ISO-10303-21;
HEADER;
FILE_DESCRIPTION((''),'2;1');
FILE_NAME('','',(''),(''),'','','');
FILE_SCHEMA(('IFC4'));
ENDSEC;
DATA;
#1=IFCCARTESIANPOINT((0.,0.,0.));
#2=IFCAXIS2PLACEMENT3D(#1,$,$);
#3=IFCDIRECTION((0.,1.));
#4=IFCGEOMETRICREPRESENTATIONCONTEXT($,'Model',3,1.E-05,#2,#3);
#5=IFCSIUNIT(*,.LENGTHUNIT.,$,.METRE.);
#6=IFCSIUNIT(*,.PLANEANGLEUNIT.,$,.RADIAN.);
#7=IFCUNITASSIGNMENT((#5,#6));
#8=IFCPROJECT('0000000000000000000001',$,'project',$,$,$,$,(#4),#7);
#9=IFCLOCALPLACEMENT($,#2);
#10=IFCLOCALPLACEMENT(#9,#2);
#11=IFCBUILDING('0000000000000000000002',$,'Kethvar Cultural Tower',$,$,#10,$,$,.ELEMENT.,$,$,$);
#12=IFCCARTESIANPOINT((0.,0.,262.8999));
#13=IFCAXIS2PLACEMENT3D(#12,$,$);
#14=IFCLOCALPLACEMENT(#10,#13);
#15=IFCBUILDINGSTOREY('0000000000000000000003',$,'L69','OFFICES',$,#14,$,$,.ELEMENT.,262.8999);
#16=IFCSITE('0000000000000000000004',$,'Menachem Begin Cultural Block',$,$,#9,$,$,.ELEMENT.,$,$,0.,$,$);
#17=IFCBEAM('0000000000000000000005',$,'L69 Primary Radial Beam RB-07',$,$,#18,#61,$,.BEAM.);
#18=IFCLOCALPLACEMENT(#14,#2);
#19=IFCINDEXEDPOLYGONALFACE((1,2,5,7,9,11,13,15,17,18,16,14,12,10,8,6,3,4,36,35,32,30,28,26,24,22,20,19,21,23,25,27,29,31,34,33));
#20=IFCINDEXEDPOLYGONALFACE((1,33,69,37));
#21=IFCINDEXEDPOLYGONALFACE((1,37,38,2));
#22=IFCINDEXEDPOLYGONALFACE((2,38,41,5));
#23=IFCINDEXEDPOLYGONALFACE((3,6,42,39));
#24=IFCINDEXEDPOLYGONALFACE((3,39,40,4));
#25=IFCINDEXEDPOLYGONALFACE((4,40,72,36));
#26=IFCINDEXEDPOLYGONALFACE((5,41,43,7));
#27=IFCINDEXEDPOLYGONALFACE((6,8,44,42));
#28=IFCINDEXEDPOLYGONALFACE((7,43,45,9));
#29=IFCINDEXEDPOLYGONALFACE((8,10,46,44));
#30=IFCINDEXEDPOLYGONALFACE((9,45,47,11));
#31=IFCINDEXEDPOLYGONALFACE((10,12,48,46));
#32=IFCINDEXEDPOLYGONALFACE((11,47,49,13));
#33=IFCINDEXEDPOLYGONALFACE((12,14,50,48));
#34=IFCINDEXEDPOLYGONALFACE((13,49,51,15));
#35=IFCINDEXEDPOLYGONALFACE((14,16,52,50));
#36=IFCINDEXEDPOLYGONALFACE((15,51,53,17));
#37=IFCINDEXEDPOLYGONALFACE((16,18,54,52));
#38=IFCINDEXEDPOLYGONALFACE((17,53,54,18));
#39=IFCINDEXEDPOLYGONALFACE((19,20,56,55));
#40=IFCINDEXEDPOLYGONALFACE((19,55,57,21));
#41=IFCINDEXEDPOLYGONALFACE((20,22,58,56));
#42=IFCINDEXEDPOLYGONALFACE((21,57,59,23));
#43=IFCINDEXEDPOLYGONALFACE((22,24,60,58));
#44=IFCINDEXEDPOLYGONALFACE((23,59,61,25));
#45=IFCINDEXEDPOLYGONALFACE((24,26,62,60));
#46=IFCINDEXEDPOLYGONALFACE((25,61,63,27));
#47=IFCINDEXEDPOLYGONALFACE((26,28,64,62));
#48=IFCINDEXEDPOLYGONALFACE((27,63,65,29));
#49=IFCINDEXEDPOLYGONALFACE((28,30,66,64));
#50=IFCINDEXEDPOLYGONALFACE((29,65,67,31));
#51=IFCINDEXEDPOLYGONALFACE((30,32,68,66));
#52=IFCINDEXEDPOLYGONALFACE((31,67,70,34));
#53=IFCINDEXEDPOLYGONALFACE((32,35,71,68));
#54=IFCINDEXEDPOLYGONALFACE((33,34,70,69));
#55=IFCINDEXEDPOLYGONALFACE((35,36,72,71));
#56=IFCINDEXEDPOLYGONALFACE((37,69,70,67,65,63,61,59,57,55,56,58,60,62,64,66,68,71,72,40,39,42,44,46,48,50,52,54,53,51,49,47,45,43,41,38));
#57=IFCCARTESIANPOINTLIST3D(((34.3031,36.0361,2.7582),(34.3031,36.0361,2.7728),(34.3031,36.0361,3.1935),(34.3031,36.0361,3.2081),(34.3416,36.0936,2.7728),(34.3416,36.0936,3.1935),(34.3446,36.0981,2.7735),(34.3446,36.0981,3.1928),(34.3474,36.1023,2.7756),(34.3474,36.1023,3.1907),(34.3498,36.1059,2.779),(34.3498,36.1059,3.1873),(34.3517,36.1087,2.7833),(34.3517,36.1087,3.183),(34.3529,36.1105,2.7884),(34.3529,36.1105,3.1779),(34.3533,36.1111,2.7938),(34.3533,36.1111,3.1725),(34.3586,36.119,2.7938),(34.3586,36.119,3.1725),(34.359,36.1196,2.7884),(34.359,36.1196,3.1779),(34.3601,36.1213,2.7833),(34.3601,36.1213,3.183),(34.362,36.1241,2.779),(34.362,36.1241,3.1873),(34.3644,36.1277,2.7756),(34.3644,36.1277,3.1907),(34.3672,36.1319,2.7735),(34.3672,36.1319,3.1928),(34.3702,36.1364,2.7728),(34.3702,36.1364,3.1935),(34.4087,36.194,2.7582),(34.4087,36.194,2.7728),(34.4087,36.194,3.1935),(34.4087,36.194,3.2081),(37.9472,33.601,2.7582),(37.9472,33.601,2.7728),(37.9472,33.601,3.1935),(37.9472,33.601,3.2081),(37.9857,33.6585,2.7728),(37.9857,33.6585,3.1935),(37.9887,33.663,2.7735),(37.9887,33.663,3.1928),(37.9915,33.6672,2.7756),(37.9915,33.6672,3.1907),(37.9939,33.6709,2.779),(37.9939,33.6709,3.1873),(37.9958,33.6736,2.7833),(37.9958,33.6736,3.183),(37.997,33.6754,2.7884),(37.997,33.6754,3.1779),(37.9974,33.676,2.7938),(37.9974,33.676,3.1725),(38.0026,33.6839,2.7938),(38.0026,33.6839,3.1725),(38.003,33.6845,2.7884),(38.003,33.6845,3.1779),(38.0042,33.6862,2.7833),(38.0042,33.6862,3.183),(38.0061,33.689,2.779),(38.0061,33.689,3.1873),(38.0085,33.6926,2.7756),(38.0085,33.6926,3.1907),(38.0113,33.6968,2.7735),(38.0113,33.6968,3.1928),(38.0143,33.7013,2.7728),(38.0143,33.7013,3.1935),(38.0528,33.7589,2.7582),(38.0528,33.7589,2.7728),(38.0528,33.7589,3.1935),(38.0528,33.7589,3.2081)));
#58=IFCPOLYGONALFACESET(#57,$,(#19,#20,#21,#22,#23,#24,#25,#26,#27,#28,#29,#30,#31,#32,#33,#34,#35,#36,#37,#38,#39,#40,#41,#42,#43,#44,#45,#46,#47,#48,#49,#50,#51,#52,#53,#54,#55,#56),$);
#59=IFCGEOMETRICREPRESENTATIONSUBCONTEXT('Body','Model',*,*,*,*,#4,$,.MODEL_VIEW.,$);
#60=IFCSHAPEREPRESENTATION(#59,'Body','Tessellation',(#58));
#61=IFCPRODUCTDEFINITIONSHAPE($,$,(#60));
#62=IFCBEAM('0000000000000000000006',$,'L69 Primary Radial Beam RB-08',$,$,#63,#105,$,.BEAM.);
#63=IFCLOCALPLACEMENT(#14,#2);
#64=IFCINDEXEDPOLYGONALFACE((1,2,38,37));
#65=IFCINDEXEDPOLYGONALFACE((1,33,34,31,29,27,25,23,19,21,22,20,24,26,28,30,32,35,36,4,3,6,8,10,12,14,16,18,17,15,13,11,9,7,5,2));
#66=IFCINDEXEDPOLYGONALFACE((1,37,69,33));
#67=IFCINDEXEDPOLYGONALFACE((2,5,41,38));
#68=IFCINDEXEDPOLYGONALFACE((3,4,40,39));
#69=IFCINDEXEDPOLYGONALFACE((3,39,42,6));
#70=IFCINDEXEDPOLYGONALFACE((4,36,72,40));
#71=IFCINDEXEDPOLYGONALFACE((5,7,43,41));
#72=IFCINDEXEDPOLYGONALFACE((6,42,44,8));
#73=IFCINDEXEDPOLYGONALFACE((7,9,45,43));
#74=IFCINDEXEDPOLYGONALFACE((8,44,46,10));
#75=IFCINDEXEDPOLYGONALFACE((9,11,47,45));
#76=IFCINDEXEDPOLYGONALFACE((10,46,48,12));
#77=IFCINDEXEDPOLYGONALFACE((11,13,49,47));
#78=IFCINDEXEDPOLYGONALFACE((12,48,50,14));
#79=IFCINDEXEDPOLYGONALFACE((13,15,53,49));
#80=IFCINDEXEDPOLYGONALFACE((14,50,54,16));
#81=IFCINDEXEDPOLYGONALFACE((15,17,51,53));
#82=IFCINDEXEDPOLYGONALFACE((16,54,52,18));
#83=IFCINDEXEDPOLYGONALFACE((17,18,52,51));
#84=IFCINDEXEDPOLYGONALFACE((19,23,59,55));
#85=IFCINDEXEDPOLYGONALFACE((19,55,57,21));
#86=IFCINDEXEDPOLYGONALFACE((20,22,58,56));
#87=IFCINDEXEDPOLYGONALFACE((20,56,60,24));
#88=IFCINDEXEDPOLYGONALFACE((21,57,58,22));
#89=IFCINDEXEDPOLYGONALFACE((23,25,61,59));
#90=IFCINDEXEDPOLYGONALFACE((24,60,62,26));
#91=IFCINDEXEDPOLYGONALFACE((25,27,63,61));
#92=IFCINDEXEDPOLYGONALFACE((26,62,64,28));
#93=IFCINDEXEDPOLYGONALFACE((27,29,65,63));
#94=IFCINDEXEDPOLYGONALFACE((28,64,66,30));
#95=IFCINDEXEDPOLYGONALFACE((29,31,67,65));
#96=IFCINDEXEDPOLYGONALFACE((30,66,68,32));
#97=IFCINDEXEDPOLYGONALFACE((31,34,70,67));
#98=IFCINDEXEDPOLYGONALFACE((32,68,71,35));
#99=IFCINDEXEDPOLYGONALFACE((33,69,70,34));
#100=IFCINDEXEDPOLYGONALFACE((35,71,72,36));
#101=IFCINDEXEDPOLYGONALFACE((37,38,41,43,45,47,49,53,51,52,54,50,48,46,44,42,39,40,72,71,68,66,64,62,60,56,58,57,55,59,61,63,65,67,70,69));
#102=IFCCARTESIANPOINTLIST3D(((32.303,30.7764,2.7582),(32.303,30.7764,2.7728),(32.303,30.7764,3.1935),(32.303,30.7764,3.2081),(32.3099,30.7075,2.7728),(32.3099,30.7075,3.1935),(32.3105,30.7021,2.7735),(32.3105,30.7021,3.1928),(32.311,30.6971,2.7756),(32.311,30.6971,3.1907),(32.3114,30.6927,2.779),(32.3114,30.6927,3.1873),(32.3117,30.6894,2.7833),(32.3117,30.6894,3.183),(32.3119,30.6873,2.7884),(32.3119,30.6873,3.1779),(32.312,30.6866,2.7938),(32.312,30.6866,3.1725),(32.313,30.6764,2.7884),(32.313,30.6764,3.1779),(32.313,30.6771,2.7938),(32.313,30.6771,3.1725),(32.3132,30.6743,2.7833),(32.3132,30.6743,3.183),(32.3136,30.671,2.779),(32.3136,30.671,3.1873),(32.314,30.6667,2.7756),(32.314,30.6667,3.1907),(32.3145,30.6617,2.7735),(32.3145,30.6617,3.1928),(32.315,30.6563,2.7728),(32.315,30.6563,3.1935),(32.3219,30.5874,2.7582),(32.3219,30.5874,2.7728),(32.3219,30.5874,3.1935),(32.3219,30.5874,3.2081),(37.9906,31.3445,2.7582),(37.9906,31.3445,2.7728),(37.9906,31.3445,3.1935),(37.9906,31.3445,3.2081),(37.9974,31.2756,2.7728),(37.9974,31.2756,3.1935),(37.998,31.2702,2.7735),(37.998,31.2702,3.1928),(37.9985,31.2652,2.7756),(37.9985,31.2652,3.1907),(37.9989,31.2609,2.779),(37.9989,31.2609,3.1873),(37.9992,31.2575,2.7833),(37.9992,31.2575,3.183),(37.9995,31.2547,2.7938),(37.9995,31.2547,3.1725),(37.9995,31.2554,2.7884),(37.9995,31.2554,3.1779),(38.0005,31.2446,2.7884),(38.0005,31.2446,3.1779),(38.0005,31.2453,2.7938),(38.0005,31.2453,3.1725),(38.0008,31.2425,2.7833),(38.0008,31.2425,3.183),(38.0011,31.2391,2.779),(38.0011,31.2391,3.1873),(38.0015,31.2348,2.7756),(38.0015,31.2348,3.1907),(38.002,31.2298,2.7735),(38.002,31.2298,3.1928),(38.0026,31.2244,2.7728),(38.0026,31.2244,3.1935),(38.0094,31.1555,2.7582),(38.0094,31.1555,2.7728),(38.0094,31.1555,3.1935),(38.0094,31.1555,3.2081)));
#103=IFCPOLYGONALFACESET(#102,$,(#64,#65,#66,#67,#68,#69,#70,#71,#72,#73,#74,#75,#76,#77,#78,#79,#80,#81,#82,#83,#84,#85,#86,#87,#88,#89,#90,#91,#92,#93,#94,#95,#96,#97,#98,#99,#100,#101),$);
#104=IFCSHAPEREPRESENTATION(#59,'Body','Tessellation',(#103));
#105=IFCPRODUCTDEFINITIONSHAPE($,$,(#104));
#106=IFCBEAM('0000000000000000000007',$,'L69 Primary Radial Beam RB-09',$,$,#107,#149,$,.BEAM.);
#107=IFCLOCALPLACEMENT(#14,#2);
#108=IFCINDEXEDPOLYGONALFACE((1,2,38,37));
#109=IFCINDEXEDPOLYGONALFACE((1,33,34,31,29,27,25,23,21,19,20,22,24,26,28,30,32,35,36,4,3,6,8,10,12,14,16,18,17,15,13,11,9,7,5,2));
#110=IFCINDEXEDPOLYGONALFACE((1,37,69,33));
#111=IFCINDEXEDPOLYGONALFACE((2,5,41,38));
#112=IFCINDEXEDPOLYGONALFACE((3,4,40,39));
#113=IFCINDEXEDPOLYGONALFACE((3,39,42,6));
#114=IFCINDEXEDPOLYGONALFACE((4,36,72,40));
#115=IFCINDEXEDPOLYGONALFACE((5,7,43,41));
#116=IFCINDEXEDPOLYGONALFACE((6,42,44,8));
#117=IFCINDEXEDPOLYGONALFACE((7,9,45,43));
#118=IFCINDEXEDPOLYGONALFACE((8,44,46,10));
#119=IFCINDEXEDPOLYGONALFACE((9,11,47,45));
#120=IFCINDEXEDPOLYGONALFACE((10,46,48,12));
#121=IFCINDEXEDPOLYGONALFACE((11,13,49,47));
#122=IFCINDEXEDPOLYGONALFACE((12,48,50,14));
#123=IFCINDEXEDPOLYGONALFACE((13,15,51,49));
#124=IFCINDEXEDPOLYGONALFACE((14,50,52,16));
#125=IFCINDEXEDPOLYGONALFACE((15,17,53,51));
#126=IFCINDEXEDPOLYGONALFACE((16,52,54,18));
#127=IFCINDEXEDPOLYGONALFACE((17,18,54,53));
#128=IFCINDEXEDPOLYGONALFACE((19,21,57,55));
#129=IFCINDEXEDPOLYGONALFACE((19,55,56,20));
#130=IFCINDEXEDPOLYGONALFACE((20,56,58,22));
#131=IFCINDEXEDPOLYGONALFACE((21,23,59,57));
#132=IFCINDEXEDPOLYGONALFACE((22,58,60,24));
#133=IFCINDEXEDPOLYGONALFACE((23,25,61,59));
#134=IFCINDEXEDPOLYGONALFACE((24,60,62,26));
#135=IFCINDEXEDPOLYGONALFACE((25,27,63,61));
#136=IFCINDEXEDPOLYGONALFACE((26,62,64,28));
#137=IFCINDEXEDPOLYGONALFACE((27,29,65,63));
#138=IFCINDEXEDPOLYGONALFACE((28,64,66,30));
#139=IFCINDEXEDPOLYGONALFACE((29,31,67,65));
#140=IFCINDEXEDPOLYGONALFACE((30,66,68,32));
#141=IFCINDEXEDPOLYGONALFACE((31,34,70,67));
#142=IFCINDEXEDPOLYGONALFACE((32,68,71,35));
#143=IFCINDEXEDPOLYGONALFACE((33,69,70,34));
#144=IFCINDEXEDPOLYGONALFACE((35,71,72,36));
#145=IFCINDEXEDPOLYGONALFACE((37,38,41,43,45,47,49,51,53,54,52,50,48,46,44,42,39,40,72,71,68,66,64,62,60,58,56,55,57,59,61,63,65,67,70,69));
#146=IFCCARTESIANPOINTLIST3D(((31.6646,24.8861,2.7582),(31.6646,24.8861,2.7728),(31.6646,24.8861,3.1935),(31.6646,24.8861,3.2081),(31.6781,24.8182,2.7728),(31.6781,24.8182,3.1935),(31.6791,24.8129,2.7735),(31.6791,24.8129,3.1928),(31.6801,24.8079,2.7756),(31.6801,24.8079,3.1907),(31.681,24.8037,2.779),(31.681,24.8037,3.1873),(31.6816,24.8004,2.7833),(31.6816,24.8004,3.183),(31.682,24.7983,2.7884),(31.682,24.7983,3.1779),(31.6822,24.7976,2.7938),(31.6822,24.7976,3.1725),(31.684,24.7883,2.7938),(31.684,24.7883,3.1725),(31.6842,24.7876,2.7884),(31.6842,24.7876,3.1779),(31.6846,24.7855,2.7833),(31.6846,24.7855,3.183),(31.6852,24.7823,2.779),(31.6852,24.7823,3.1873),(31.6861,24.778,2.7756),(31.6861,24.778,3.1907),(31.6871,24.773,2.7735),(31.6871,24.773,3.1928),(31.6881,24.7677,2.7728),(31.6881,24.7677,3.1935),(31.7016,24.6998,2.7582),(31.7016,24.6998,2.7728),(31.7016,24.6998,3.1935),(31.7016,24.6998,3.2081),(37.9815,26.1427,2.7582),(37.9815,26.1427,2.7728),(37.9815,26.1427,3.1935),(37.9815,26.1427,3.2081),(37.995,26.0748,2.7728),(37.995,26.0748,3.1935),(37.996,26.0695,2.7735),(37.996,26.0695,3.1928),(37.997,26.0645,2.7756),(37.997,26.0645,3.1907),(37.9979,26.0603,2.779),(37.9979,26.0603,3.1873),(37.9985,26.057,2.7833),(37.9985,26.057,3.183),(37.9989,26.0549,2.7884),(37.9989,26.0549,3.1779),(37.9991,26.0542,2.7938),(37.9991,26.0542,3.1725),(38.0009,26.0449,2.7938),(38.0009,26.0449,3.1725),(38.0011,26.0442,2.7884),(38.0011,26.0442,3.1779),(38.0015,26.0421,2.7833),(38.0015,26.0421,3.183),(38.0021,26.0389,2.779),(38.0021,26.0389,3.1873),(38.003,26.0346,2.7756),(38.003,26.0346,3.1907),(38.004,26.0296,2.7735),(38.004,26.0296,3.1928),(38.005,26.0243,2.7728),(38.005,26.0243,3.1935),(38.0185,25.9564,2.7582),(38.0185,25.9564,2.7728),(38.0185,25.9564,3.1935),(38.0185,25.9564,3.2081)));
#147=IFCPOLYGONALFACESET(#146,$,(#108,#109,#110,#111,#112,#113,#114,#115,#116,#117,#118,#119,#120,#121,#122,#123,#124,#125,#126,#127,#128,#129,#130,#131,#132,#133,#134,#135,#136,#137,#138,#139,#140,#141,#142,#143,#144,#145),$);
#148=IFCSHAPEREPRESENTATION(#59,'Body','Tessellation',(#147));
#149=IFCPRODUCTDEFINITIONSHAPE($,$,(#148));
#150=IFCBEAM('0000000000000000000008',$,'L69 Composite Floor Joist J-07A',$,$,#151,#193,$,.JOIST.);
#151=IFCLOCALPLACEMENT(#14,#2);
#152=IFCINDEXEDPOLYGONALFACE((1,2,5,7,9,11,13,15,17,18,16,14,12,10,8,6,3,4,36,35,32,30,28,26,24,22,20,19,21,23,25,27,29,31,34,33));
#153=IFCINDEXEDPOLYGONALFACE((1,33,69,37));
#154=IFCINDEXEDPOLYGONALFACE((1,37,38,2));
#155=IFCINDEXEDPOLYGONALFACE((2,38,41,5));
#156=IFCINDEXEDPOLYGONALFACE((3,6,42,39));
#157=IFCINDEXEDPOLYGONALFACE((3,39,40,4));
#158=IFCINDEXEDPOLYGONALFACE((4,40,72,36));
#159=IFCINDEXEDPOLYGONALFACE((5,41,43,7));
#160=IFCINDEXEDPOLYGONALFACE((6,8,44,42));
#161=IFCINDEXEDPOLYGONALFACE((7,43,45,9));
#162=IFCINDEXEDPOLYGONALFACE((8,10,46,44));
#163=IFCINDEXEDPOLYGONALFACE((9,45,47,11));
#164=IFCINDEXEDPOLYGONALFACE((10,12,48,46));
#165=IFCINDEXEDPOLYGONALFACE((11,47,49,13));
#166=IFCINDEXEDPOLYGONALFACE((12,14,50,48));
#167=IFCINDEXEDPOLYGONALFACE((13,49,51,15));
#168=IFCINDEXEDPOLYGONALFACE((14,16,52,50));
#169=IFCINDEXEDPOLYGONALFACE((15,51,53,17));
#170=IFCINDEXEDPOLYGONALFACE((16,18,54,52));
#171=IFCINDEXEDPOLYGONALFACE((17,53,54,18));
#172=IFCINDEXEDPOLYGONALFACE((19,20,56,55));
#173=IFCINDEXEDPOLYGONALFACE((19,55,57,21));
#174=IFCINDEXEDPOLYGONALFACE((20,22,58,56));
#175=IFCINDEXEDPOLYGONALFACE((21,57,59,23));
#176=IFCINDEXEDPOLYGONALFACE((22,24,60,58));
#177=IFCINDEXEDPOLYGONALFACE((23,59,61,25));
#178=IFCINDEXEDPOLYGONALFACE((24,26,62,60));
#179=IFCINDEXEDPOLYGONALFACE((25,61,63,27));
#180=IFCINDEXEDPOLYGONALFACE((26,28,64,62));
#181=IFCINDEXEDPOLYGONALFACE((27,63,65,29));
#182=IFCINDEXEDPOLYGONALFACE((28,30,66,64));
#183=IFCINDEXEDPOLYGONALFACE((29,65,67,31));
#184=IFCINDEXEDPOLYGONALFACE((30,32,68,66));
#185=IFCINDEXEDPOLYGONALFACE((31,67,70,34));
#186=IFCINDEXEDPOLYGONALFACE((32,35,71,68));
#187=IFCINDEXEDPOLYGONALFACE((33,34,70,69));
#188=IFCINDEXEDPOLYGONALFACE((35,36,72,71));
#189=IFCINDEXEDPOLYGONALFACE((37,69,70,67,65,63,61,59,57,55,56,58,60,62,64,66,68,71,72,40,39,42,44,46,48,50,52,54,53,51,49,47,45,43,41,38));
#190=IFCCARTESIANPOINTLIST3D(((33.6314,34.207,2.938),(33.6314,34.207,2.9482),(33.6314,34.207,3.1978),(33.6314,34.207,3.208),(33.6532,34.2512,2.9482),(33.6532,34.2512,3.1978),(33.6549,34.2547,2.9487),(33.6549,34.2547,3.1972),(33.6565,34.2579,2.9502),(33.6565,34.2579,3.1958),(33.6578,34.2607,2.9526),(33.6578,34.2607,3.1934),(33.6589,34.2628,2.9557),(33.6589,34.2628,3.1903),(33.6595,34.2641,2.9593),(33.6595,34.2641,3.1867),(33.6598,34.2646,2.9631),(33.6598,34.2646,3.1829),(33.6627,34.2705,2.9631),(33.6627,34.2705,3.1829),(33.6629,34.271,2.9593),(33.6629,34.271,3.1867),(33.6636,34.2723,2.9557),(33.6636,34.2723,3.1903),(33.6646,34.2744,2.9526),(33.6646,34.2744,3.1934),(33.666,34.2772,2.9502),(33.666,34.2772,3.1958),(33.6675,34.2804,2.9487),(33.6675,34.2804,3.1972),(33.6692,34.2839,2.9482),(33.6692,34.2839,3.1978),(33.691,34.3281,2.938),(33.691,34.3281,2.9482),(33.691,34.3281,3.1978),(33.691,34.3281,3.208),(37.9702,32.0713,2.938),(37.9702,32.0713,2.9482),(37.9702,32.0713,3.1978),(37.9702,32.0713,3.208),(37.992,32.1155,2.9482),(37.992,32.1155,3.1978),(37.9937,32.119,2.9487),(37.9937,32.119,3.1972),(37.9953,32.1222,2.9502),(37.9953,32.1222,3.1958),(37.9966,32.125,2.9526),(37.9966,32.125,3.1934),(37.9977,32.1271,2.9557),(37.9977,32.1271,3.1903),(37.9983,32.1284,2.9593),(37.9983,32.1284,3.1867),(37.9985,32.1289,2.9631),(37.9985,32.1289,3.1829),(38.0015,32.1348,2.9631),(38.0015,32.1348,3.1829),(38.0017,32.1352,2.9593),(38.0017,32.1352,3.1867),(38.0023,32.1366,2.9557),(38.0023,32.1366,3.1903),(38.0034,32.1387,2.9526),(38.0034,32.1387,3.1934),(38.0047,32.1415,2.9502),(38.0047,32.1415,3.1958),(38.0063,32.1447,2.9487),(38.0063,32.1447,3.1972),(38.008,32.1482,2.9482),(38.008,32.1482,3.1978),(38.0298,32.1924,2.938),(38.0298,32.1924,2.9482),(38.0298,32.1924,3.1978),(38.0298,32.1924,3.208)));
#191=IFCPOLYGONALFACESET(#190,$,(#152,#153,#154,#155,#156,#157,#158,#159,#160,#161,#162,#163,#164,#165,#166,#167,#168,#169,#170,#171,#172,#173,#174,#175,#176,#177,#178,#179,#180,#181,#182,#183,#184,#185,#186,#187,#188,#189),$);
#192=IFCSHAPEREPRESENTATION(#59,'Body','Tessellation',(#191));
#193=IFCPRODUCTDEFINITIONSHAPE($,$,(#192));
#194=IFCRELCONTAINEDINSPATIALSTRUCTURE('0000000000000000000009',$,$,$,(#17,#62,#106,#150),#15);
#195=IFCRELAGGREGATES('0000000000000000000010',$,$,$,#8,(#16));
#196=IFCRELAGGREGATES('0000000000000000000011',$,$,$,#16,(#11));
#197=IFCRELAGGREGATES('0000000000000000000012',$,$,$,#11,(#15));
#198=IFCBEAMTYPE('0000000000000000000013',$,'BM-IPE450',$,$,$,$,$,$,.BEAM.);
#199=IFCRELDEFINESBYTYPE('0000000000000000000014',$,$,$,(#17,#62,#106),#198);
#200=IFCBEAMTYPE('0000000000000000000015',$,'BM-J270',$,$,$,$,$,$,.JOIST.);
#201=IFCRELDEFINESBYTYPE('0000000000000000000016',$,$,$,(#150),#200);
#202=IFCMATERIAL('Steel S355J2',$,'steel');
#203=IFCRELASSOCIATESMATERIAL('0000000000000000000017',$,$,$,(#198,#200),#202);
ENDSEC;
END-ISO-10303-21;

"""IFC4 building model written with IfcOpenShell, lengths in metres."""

from ifc_helpers import new_model, si_unit, direction, frame, origin, origin_2d, place, context, subcontext, project, spatial, i_section, extrude, source, transform, mapped, material, material_profile, profile_set, type_object, element, save


model = new_model("IFC4")

# Units and contexts
model_context = context("Model", 3, precision=1e-05, world=origin(), true_north=direction((0.0, 1.0)))
body_context = subcontext(model_context, "Body", "Model", "MODEL_VIEW")
ifc_project = project(units=[si_unit("LENGTHUNIT", "METRE"), si_unit("PLANEANGLEUNIT", "RADIAN")], contexts=[model_context])

# Site, building, storey
site_placement = place(None, origin())
site = spatial("IfcSite", under=ifc_project, at=site_placement, Name="Menachem Begin Cultural Block", CompositionType="ELEMENT", RefElevation=0.0)
building_placement = place(site_placement, origin())
building = spatial("IfcBuilding", under=site, at=building_placement, Name="Kethvar Cultural Tower", CompositionType="ELEMENT")
storey_placement = place(building_placement, frame((0.0, 0.0, 262.8999)))
storey = spatial("IfcBuildingStorey", under=building, at=storey_placement, Name="L69", Description="OFFICES", CompositionType="ELEMENT", Elevation=262.8999)

# Beams
ifc_material_1 = material(Name="Steel S355J2", Category="steel")
ifc_material_profile_1 = material_profile(ifc_material_1, i_section(OverallWidth=0.1899, OverallDepth=0.45, WebThickness=0.0095, FlangeThickness=0.0146, FilletRadius=0.021, at=origin_2d()), Name="Steel S355J2 — IPE450")
ifc_profile_set_1 = profile_set([ifc_material_profile_1], Name="Steel S355J2 — IPE450")
beam_type_1 = type_object("IfcBeamType", Name="BM-IPE450", PredefinedType="BEAM", material=ifc_profile_set_1)
shared_shape_1 = source(origin(), body_context, "Body", "SweptSolid", [
    extrude(i_section(OverallWidth=0.1899, OverallDepth=0.45, WebThickness=0.0095, FlangeThickness=0.0146, FilletRadius=0.021, at=origin_2d()), origin(), (0.0, 0.0, 1.0), 4.3828),
])
beam_1_placement = place(storey_placement, frame((38.0, 33.6799, 2.9832), z_axis=(-0.83145, 0.5556, 0.0), x_axis=(-0.5556, -0.83145, 0.0)))
element("IfcBeam", 1, at=beam_1_placement, inside=storey, type_object=beam_type_1, Name="L69 Primary Radial Beam RB-07", PredefinedType="BEAM", context=body_context, shape_type="MappedRepresentation", body=[
    mapped(shared_shape_1, transform((0.0, 0.0, 0.0), scale=1.0)),
])
shared_shape_2 = source(origin(), body_context, "Body", "SweptSolid", [
    extrude(i_section(OverallWidth=0.1899, OverallDepth=0.45, WebThickness=0.0095, FlangeThickness=0.0146, FilletRadius=0.021, at=origin_2d()), origin(), (0.0, 0.0, 1.0), 5.7158),
])
beam_2_placement = place(storey_placement, frame((38.0, 31.25, 2.9832), z_axis=(-0.995048, -0.099394, 0.0), x_axis=(0.099394, -0.995048, 0.0)))
element("IfcBeam", 2, at=beam_2_placement, inside=storey, type_object=beam_type_1, Name="L69 Primary Radial Beam RB-08", PredefinedType="BEAM", context=body_context, shape_type="MappedRepresentation", body=[
    mapped(shared_shape_2, transform((0.0, 0.0, 0.0), scale=1.0)),
])
shared_shape_3 = source(origin(), body_context, "Body", "SweptSolid", [
    extrude(i_section(OverallWidth=0.1899, OverallDepth=0.45, WebThickness=0.0095, FlangeThickness=0.0146, FilletRadius=0.021, at=origin_2d()), origin(), (0.0, 0.0, 1.0), 6.4407),
])
beam_3_placement = place(storey_placement, frame((38.0, 26.0496, 2.9832), z_axis=(-0.980783, -0.195103, 0.0), x_axis=(0.195103, -0.980783, 0.0)))
element("IfcBeam", 3, at=beam_3_placement, inside=storey, type_object=beam_type_1, Name="L69 Primary Radial Beam RB-09", PredefinedType="BEAM", context=body_context, shape_type="MappedRepresentation", body=[
    mapped(shared_shape_3, transform((0.0, 0.0, 0.0), scale=1.0)),
])
ifc_material_profile_2 = material_profile(ifc_material_1, i_section(OverallWidth=0.135, OverallDepth=0.27, WebThickness=0.0066, FlangeThickness=0.0103, FilletRadius=0.0149, at=origin_2d()), Name="Steel S355J2 — IPE270")
ifc_profile_set_2 = profile_set([ifc_material_profile_2], Name="Steel S355J2 — IPE270")
beam_type_2 = type_object("IfcBeamType", Name="BM-J270", PredefinedType="JOIST", material=ifc_profile_set_2)
shared_shape_4 = source(origin(), body_context, "Body", "SweptSolid", [
    extrude(i_section(OverallWidth=0.135, OverallDepth=0.27, WebThickness=0.0066, FlangeThickness=0.0103, FilletRadius=0.0149, at=origin_2d()), origin(), (0.0, 0.0, 1.0), 4.8359),
])
beam_4_placement = place(storey_placement, frame((38.0, 32.1318, 3.073), z_axis=(-0.897197, 0.441632, 0.0), x_axis=(-0.441632, -0.897197, 0.0)))
element("IfcBeam", 4, at=beam_4_placement, inside=storey, type_object=beam_type_2, Name="L69 Composite Floor Joist J-07A", PredefinedType="JOIST", context=body_context, shape_type="MappedRepresentation", body=[
    mapped(shared_shape_4, transform((0.0, 0.0, 0.0), scale=1.0)),
])

save(model, "model.ifc")
